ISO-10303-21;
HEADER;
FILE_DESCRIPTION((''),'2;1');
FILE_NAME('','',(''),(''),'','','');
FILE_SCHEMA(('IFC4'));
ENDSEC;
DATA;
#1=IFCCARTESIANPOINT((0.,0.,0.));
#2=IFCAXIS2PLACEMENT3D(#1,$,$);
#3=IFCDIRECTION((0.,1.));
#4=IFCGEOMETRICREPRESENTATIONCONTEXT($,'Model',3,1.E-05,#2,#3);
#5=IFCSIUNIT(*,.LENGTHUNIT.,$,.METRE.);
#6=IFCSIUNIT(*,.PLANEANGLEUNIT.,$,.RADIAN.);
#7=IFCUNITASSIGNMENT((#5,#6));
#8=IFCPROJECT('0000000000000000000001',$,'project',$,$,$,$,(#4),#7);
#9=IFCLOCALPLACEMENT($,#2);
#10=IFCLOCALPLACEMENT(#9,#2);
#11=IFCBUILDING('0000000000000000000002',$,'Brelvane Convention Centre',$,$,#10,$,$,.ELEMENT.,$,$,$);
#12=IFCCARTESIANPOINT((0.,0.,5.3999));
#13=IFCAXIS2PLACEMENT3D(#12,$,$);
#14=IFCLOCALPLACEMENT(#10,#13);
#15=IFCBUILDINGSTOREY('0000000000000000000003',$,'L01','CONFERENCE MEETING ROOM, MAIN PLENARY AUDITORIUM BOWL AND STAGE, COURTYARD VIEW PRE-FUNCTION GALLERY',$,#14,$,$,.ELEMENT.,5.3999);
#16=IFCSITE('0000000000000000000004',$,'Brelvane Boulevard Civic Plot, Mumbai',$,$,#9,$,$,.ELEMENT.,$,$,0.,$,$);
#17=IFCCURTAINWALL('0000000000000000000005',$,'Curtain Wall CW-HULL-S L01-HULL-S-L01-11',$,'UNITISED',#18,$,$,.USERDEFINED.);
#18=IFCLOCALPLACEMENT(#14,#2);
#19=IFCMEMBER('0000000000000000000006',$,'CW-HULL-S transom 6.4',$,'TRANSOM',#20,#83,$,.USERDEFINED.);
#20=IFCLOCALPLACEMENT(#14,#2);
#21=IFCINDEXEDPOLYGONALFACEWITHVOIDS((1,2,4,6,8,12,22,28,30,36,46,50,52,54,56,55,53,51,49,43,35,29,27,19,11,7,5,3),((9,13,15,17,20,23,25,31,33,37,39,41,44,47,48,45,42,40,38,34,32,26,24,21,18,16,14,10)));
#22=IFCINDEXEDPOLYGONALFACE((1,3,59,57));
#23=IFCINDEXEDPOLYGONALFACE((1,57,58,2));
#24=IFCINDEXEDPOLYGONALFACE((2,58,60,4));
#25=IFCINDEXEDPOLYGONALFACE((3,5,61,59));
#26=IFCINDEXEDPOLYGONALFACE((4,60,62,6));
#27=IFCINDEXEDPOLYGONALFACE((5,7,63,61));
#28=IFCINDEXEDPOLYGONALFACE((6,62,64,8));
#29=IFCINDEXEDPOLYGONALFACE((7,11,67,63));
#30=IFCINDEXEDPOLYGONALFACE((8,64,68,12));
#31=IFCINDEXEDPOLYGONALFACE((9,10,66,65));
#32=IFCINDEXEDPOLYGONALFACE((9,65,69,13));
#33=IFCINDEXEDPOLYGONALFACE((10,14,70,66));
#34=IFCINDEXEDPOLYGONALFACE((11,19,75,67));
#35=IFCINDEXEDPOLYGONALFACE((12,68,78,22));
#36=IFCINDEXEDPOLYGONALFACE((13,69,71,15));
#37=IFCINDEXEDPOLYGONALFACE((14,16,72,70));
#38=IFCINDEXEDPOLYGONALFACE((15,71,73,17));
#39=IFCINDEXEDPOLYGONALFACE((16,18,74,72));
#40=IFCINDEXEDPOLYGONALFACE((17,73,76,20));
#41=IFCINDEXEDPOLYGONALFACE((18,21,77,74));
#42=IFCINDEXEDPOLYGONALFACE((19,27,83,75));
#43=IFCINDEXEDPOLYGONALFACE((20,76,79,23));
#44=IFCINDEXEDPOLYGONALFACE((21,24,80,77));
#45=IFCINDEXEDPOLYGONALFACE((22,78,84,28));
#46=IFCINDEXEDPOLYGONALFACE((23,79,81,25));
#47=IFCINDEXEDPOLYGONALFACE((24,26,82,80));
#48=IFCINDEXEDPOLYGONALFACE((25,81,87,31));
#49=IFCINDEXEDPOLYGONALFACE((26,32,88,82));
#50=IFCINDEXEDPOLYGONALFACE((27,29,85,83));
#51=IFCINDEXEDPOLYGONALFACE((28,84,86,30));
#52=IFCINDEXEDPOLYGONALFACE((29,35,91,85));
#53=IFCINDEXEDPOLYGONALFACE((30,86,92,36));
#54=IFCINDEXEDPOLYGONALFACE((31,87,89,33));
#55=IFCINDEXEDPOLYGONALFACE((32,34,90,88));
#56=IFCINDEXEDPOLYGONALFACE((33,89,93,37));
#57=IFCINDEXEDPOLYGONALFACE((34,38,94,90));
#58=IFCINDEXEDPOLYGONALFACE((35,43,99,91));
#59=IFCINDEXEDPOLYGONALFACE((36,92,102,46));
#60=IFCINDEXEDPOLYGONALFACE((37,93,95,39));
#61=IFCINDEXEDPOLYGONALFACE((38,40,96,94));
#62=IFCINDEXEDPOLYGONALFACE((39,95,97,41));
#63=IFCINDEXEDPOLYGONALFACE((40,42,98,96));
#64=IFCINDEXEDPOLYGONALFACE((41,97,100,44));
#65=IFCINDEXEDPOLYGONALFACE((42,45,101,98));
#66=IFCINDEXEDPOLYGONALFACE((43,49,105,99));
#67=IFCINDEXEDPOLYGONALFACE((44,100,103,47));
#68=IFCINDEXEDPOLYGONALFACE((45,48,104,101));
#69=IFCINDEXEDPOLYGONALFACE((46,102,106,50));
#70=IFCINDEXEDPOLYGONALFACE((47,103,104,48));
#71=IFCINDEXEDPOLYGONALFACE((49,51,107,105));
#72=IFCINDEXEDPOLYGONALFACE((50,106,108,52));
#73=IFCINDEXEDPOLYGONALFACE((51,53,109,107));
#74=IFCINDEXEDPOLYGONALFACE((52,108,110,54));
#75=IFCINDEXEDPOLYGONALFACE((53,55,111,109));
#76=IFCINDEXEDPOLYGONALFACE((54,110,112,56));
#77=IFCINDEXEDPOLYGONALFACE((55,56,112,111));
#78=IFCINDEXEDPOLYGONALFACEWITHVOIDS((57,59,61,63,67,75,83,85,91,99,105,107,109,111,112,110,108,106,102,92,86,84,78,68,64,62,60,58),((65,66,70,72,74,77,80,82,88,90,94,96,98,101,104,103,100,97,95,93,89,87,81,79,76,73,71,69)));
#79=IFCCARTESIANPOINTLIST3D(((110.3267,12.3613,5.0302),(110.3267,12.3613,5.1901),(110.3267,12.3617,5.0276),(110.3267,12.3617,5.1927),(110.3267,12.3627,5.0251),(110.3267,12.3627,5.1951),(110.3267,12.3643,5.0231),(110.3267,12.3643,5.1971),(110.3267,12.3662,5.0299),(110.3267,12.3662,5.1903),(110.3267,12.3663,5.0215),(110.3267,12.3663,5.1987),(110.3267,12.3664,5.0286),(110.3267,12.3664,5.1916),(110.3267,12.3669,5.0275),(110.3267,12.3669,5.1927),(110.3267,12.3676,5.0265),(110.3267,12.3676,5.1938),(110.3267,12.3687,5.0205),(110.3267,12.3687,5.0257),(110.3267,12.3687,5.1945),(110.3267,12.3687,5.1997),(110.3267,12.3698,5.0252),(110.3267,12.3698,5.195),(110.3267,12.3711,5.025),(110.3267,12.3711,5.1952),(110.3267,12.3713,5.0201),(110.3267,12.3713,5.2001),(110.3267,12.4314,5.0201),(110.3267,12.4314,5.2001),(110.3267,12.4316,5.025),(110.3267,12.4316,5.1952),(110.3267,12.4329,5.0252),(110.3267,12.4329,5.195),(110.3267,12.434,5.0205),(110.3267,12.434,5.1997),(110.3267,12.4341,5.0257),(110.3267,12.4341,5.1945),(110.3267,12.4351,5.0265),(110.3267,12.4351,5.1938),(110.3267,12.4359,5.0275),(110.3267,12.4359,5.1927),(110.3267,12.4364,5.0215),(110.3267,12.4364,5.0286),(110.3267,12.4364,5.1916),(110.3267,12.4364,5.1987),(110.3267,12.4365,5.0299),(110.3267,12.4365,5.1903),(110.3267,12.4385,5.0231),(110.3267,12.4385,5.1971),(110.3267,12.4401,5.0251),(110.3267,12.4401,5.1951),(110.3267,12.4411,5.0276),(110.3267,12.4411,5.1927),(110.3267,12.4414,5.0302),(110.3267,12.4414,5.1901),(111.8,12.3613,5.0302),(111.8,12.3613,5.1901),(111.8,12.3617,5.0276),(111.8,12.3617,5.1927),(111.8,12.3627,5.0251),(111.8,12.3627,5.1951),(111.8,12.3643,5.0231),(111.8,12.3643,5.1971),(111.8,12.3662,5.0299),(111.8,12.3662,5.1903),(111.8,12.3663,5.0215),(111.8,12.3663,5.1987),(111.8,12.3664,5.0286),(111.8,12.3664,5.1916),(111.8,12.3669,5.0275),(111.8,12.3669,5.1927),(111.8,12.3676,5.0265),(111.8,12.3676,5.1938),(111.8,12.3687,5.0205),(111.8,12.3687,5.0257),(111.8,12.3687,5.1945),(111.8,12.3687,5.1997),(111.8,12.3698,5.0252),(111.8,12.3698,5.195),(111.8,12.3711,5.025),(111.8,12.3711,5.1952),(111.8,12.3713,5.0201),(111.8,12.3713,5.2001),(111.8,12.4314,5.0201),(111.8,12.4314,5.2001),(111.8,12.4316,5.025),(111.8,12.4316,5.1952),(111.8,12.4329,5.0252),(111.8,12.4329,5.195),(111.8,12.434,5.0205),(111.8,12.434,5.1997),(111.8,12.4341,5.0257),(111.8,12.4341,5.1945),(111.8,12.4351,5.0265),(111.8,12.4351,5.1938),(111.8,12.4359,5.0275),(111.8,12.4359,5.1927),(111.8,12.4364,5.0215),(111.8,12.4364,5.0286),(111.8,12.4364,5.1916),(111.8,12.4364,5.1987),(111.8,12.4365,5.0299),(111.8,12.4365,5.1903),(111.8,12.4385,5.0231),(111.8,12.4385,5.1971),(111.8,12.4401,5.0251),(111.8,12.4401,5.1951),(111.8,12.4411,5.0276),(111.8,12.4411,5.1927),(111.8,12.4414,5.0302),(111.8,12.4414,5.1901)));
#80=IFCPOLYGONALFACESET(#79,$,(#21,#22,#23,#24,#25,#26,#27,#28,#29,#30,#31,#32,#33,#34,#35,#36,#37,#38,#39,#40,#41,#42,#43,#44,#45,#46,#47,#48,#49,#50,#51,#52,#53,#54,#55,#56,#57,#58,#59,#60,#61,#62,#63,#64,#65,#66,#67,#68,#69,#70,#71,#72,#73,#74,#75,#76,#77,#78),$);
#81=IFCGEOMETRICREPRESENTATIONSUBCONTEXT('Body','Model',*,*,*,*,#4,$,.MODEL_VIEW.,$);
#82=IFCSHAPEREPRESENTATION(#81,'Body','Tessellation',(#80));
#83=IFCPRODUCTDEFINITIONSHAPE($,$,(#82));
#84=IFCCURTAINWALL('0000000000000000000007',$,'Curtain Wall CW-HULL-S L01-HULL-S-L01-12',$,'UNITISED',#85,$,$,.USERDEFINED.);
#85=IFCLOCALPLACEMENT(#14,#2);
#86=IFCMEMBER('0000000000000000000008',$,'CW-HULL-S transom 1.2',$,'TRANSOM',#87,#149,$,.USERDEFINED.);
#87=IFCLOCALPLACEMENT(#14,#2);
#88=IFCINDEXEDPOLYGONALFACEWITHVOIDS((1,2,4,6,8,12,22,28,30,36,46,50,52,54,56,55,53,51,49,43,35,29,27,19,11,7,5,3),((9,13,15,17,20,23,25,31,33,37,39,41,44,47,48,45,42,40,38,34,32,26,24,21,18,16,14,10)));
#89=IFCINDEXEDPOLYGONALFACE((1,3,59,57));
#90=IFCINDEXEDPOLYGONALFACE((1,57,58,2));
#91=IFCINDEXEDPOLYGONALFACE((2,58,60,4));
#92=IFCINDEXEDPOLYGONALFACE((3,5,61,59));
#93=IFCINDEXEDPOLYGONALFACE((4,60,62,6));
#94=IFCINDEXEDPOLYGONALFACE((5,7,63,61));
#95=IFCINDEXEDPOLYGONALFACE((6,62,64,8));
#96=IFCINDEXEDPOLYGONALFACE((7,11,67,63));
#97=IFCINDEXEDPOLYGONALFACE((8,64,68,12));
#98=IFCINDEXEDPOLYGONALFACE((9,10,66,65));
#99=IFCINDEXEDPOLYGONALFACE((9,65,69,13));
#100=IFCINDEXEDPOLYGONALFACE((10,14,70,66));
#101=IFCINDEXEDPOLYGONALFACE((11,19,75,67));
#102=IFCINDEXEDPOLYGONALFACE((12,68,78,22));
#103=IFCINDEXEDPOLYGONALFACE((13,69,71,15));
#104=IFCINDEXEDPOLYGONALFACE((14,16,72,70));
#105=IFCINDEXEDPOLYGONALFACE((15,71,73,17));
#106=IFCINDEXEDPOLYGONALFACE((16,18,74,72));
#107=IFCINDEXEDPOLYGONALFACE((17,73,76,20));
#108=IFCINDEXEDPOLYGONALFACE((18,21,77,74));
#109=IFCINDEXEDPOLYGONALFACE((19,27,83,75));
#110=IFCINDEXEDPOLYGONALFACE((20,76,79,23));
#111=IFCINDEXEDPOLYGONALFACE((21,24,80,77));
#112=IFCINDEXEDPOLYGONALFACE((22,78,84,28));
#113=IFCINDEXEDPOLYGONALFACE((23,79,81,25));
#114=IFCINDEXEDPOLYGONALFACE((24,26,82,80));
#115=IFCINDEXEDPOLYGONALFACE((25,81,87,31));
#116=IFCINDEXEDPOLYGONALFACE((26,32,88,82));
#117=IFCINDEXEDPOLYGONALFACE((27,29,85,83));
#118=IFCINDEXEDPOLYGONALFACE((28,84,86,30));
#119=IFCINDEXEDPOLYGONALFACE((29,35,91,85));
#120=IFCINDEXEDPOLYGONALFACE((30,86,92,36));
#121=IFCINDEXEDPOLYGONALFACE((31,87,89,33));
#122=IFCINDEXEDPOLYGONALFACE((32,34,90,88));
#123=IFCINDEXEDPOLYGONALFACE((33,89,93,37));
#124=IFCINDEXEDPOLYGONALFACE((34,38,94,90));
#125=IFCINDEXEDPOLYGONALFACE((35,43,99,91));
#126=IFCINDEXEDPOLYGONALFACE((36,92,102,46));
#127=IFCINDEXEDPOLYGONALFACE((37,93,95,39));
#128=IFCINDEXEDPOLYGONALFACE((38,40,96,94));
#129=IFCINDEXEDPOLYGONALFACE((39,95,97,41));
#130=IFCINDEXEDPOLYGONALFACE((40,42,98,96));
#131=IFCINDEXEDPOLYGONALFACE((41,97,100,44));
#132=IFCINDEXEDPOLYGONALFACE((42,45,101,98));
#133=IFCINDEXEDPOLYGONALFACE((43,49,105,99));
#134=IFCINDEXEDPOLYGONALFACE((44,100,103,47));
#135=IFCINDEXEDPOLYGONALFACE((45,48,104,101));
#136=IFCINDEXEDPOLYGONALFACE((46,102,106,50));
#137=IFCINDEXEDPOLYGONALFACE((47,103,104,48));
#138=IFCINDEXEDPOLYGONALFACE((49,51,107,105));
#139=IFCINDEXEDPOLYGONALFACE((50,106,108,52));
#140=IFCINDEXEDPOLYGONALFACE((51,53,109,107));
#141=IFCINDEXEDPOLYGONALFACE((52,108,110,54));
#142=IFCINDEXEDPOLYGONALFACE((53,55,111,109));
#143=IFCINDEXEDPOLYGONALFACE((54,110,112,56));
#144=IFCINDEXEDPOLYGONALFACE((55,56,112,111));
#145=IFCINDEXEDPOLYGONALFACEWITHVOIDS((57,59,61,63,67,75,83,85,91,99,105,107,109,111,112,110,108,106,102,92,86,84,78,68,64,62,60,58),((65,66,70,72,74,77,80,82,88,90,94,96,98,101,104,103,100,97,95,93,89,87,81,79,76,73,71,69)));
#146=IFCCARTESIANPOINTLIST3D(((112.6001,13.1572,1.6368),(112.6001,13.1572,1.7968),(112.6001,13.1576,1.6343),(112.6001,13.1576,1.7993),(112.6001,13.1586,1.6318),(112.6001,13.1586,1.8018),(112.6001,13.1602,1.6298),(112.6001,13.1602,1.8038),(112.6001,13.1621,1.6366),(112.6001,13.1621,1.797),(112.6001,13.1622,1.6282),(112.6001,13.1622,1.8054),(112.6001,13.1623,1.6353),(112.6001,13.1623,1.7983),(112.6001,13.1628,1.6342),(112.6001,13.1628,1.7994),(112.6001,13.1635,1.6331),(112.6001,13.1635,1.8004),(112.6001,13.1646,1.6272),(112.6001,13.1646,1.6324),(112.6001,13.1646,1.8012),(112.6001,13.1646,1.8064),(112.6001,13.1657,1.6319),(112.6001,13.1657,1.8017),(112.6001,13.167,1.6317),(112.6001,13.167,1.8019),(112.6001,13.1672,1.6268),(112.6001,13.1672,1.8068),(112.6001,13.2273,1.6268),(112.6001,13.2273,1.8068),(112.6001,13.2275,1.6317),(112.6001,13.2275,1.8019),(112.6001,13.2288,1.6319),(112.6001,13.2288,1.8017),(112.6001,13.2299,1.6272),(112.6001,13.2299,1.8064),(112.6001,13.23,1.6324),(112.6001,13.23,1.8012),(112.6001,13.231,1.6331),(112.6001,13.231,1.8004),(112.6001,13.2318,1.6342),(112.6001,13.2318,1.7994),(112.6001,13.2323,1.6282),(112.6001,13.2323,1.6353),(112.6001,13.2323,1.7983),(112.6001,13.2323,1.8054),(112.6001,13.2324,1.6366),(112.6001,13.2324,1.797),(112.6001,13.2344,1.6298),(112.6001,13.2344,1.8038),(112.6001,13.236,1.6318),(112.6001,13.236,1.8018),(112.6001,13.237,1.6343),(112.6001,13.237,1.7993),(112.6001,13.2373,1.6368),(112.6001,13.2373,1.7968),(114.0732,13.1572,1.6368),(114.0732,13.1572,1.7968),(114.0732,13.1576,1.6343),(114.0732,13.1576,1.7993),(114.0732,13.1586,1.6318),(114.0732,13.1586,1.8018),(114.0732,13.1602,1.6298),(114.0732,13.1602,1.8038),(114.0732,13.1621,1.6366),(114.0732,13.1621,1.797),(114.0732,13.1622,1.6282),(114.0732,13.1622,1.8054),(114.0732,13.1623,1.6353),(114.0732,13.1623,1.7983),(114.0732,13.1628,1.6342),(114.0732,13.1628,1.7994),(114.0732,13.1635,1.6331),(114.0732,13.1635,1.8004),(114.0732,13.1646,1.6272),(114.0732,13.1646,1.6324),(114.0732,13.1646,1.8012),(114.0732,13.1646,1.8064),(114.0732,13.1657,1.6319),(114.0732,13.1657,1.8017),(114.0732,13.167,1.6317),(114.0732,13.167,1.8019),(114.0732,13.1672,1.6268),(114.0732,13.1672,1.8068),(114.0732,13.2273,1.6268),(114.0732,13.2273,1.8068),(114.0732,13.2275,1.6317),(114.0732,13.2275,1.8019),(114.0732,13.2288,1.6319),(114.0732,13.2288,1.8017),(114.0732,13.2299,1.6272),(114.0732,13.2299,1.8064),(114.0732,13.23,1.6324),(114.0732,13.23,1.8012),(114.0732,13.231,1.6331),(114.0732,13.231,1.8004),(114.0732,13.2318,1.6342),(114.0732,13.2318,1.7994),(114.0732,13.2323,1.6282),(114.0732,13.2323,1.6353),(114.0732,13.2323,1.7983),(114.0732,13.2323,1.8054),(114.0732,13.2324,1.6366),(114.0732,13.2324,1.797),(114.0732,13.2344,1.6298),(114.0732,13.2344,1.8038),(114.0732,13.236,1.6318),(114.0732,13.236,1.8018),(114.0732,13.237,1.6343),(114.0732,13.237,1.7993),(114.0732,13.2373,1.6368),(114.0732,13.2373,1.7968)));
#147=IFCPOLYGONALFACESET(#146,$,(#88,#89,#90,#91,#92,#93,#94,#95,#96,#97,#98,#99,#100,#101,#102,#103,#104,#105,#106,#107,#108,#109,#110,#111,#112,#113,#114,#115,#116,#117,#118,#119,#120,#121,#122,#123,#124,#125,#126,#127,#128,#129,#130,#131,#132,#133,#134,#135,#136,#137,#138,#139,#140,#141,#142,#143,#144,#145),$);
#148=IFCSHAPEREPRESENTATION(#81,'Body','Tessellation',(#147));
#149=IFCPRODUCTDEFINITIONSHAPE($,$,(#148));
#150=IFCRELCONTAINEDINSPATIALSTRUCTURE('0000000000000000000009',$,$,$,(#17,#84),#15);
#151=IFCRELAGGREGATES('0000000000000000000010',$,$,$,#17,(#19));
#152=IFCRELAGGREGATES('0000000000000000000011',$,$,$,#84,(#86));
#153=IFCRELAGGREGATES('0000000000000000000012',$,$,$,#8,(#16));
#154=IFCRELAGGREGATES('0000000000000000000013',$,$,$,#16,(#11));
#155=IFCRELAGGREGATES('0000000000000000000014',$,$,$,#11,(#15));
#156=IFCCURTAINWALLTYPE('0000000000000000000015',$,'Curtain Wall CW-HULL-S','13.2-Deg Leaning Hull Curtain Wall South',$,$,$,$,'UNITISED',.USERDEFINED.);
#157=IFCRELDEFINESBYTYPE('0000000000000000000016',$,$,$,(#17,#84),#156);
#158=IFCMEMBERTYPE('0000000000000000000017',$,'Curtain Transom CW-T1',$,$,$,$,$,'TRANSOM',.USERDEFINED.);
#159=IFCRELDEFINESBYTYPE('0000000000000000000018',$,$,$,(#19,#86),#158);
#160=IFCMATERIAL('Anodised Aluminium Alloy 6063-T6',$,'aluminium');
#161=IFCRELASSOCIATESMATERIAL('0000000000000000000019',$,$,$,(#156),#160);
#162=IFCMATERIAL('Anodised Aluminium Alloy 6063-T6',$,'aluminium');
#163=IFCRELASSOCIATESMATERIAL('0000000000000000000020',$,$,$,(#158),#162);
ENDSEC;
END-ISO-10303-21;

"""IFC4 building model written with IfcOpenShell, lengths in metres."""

from ifc_helpers import new_model, si_unit, direction, frame, origin, origin_2d, place, context, subcontext, project, spatial, hollow_rectangle, extrude, material, material_profile, profile_set, type_object, element, aggregate, save


model = new_model("IFC4")

# Units and contexts
model_context = context("Model", 3, precision=1e-05, world=origin(), true_north=direction((0.0, 1.0)))
body_context = subcontext(model_context, "Body", "Model", "MODEL_VIEW")
ifc_project = project(units=[si_unit("LENGTHUNIT", "METRE"), si_unit("PLANEANGLEUNIT", "RADIAN")], contexts=[model_context])

# Site, building, storey
site_placement = place(None, origin())
site = spatial("IfcSite", under=ifc_project, at=site_placement, Name="Brelvane Boulevard Civic Plot, Mumbai", CompositionType="ELEMENT", RefElevation=0.0)
building_placement = place(site_placement, origin())
building = spatial("IfcBuilding", under=site, at=building_placement, Name="Brelvane Convention Centre", CompositionType="ELEMENT")
storey_placement = place(building_placement, frame((0.0, 0.0, 5.3999)))
storey = spatial("IfcBuildingStorey", under=building, at=storey_placement, Name="L01", Description="CONFERENCE MEETING ROOM, MAIN PLENARY AUDITORIUM BOWL AND STAGE, COURTYARD VIEW PRE-FUNCTION GALLERY", CompositionType="ELEMENT", Elevation=5.3999)

# Curtain walls, members
ifc_material_1 = material(Name="Anodised Aluminium Alloy 6063-T6", Category="aluminium")
curtain_wall_type = type_object("IfcCurtainWallType", Name="Curtain Wall CW-HULL-S", Description="13.2-Deg Leaning Hull Curtain Wall South", ElementType="UNITISED", PredefinedType="USERDEFINED", material=ifc_material_1)
curtain_wall_1_placement = place(storey_placement, origin())
curtain_wall_1 = element("IfcCurtainWall", 1, at=curtain_wall_1_placement, inside=storey, type_object=curtain_wall_type, Name="Curtain Wall CW-HULL-S L01-HULL-S-L01-11", ObjectType="UNITISED", PredefinedType="USERDEFINED")
ifc_material_2 = material(Name="Anodised Aluminium Alloy 6063-T6", Category="aluminium")
ifc_material_profile = material_profile(ifc_material_2, hollow_rectangle(XDim=0.0801, YDim=0.1799, WallThickness=0.0049, InnerFilletRadius=0.0049, OuterFilletRadius=0.01, at=origin_2d()), Name="ALU-T 180x80x5.0")
ifc_profile_set = profile_set([ifc_material_profile], Name="Anodised Aluminium Alloy 6063-T6")
member_type = type_object("IfcMemberType", Name="Curtain Transom CW-T1", ElementType="TRANSOM", PredefinedType="USERDEFINED", material=ifc_profile_set)
member_1_placement = place(storey_placement, frame((110.3267, 12.4014, 5.1101), z_axis=(1.0, 0.0, 0.0), x_axis=(0.0, 1.0, 0.0)))
member_1 = element("IfcMember", 2, at=member_1_placement, type_object=member_type, Name="CW-HULL-S transom 6.4", ObjectType="TRANSOM", PredefinedType="USERDEFINED", context=body_context, shape_type="SweptSolid", body=[
    extrude(hollow_rectangle(XDim=0.0801, YDim=0.1799, WallThickness=0.0049, InnerFilletRadius=0.0049, OuterFilletRadius=0.01, at=origin_2d()), origin(), (0.0, 0.0, 1.0), 1.4734),
])
curtain_wall_2_placement = place(storey_placement, origin())
curtain_wall_2 = element("IfcCurtainWall", 3, at=curtain_wall_2_placement, inside=storey, type_object=curtain_wall_type, Name="Curtain Wall CW-HULL-S L01-HULL-S-L01-12", ObjectType="UNITISED", PredefinedType="USERDEFINED")
member_2_placement = place(storey_placement, frame((112.6001, 13.1973, 1.7168), z_axis=(1.0, 0.0, 0.0), x_axis=(0.0, 1.0, 0.0)))
member_2 = element("IfcMember", 4, at=member_2_placement, type_object=member_type, Name="CW-HULL-S transom 1.2", ObjectType="TRANSOM", PredefinedType="USERDEFINED", context=body_context, shape_type="SweptSolid", body=[
    extrude(hollow_rectangle(XDim=0.0801, YDim=0.1799, WallThickness=0.0049, InnerFilletRadius=0.0049, OuterFilletRadius=0.01, at=origin_2d()), origin(), (0.0, 0.0, 1.0), 1.4731),
])

aggregate(curtain_wall_1, [member_1])
aggregate(curtain_wall_2, [member_2])

save(model, "model.ifc")
